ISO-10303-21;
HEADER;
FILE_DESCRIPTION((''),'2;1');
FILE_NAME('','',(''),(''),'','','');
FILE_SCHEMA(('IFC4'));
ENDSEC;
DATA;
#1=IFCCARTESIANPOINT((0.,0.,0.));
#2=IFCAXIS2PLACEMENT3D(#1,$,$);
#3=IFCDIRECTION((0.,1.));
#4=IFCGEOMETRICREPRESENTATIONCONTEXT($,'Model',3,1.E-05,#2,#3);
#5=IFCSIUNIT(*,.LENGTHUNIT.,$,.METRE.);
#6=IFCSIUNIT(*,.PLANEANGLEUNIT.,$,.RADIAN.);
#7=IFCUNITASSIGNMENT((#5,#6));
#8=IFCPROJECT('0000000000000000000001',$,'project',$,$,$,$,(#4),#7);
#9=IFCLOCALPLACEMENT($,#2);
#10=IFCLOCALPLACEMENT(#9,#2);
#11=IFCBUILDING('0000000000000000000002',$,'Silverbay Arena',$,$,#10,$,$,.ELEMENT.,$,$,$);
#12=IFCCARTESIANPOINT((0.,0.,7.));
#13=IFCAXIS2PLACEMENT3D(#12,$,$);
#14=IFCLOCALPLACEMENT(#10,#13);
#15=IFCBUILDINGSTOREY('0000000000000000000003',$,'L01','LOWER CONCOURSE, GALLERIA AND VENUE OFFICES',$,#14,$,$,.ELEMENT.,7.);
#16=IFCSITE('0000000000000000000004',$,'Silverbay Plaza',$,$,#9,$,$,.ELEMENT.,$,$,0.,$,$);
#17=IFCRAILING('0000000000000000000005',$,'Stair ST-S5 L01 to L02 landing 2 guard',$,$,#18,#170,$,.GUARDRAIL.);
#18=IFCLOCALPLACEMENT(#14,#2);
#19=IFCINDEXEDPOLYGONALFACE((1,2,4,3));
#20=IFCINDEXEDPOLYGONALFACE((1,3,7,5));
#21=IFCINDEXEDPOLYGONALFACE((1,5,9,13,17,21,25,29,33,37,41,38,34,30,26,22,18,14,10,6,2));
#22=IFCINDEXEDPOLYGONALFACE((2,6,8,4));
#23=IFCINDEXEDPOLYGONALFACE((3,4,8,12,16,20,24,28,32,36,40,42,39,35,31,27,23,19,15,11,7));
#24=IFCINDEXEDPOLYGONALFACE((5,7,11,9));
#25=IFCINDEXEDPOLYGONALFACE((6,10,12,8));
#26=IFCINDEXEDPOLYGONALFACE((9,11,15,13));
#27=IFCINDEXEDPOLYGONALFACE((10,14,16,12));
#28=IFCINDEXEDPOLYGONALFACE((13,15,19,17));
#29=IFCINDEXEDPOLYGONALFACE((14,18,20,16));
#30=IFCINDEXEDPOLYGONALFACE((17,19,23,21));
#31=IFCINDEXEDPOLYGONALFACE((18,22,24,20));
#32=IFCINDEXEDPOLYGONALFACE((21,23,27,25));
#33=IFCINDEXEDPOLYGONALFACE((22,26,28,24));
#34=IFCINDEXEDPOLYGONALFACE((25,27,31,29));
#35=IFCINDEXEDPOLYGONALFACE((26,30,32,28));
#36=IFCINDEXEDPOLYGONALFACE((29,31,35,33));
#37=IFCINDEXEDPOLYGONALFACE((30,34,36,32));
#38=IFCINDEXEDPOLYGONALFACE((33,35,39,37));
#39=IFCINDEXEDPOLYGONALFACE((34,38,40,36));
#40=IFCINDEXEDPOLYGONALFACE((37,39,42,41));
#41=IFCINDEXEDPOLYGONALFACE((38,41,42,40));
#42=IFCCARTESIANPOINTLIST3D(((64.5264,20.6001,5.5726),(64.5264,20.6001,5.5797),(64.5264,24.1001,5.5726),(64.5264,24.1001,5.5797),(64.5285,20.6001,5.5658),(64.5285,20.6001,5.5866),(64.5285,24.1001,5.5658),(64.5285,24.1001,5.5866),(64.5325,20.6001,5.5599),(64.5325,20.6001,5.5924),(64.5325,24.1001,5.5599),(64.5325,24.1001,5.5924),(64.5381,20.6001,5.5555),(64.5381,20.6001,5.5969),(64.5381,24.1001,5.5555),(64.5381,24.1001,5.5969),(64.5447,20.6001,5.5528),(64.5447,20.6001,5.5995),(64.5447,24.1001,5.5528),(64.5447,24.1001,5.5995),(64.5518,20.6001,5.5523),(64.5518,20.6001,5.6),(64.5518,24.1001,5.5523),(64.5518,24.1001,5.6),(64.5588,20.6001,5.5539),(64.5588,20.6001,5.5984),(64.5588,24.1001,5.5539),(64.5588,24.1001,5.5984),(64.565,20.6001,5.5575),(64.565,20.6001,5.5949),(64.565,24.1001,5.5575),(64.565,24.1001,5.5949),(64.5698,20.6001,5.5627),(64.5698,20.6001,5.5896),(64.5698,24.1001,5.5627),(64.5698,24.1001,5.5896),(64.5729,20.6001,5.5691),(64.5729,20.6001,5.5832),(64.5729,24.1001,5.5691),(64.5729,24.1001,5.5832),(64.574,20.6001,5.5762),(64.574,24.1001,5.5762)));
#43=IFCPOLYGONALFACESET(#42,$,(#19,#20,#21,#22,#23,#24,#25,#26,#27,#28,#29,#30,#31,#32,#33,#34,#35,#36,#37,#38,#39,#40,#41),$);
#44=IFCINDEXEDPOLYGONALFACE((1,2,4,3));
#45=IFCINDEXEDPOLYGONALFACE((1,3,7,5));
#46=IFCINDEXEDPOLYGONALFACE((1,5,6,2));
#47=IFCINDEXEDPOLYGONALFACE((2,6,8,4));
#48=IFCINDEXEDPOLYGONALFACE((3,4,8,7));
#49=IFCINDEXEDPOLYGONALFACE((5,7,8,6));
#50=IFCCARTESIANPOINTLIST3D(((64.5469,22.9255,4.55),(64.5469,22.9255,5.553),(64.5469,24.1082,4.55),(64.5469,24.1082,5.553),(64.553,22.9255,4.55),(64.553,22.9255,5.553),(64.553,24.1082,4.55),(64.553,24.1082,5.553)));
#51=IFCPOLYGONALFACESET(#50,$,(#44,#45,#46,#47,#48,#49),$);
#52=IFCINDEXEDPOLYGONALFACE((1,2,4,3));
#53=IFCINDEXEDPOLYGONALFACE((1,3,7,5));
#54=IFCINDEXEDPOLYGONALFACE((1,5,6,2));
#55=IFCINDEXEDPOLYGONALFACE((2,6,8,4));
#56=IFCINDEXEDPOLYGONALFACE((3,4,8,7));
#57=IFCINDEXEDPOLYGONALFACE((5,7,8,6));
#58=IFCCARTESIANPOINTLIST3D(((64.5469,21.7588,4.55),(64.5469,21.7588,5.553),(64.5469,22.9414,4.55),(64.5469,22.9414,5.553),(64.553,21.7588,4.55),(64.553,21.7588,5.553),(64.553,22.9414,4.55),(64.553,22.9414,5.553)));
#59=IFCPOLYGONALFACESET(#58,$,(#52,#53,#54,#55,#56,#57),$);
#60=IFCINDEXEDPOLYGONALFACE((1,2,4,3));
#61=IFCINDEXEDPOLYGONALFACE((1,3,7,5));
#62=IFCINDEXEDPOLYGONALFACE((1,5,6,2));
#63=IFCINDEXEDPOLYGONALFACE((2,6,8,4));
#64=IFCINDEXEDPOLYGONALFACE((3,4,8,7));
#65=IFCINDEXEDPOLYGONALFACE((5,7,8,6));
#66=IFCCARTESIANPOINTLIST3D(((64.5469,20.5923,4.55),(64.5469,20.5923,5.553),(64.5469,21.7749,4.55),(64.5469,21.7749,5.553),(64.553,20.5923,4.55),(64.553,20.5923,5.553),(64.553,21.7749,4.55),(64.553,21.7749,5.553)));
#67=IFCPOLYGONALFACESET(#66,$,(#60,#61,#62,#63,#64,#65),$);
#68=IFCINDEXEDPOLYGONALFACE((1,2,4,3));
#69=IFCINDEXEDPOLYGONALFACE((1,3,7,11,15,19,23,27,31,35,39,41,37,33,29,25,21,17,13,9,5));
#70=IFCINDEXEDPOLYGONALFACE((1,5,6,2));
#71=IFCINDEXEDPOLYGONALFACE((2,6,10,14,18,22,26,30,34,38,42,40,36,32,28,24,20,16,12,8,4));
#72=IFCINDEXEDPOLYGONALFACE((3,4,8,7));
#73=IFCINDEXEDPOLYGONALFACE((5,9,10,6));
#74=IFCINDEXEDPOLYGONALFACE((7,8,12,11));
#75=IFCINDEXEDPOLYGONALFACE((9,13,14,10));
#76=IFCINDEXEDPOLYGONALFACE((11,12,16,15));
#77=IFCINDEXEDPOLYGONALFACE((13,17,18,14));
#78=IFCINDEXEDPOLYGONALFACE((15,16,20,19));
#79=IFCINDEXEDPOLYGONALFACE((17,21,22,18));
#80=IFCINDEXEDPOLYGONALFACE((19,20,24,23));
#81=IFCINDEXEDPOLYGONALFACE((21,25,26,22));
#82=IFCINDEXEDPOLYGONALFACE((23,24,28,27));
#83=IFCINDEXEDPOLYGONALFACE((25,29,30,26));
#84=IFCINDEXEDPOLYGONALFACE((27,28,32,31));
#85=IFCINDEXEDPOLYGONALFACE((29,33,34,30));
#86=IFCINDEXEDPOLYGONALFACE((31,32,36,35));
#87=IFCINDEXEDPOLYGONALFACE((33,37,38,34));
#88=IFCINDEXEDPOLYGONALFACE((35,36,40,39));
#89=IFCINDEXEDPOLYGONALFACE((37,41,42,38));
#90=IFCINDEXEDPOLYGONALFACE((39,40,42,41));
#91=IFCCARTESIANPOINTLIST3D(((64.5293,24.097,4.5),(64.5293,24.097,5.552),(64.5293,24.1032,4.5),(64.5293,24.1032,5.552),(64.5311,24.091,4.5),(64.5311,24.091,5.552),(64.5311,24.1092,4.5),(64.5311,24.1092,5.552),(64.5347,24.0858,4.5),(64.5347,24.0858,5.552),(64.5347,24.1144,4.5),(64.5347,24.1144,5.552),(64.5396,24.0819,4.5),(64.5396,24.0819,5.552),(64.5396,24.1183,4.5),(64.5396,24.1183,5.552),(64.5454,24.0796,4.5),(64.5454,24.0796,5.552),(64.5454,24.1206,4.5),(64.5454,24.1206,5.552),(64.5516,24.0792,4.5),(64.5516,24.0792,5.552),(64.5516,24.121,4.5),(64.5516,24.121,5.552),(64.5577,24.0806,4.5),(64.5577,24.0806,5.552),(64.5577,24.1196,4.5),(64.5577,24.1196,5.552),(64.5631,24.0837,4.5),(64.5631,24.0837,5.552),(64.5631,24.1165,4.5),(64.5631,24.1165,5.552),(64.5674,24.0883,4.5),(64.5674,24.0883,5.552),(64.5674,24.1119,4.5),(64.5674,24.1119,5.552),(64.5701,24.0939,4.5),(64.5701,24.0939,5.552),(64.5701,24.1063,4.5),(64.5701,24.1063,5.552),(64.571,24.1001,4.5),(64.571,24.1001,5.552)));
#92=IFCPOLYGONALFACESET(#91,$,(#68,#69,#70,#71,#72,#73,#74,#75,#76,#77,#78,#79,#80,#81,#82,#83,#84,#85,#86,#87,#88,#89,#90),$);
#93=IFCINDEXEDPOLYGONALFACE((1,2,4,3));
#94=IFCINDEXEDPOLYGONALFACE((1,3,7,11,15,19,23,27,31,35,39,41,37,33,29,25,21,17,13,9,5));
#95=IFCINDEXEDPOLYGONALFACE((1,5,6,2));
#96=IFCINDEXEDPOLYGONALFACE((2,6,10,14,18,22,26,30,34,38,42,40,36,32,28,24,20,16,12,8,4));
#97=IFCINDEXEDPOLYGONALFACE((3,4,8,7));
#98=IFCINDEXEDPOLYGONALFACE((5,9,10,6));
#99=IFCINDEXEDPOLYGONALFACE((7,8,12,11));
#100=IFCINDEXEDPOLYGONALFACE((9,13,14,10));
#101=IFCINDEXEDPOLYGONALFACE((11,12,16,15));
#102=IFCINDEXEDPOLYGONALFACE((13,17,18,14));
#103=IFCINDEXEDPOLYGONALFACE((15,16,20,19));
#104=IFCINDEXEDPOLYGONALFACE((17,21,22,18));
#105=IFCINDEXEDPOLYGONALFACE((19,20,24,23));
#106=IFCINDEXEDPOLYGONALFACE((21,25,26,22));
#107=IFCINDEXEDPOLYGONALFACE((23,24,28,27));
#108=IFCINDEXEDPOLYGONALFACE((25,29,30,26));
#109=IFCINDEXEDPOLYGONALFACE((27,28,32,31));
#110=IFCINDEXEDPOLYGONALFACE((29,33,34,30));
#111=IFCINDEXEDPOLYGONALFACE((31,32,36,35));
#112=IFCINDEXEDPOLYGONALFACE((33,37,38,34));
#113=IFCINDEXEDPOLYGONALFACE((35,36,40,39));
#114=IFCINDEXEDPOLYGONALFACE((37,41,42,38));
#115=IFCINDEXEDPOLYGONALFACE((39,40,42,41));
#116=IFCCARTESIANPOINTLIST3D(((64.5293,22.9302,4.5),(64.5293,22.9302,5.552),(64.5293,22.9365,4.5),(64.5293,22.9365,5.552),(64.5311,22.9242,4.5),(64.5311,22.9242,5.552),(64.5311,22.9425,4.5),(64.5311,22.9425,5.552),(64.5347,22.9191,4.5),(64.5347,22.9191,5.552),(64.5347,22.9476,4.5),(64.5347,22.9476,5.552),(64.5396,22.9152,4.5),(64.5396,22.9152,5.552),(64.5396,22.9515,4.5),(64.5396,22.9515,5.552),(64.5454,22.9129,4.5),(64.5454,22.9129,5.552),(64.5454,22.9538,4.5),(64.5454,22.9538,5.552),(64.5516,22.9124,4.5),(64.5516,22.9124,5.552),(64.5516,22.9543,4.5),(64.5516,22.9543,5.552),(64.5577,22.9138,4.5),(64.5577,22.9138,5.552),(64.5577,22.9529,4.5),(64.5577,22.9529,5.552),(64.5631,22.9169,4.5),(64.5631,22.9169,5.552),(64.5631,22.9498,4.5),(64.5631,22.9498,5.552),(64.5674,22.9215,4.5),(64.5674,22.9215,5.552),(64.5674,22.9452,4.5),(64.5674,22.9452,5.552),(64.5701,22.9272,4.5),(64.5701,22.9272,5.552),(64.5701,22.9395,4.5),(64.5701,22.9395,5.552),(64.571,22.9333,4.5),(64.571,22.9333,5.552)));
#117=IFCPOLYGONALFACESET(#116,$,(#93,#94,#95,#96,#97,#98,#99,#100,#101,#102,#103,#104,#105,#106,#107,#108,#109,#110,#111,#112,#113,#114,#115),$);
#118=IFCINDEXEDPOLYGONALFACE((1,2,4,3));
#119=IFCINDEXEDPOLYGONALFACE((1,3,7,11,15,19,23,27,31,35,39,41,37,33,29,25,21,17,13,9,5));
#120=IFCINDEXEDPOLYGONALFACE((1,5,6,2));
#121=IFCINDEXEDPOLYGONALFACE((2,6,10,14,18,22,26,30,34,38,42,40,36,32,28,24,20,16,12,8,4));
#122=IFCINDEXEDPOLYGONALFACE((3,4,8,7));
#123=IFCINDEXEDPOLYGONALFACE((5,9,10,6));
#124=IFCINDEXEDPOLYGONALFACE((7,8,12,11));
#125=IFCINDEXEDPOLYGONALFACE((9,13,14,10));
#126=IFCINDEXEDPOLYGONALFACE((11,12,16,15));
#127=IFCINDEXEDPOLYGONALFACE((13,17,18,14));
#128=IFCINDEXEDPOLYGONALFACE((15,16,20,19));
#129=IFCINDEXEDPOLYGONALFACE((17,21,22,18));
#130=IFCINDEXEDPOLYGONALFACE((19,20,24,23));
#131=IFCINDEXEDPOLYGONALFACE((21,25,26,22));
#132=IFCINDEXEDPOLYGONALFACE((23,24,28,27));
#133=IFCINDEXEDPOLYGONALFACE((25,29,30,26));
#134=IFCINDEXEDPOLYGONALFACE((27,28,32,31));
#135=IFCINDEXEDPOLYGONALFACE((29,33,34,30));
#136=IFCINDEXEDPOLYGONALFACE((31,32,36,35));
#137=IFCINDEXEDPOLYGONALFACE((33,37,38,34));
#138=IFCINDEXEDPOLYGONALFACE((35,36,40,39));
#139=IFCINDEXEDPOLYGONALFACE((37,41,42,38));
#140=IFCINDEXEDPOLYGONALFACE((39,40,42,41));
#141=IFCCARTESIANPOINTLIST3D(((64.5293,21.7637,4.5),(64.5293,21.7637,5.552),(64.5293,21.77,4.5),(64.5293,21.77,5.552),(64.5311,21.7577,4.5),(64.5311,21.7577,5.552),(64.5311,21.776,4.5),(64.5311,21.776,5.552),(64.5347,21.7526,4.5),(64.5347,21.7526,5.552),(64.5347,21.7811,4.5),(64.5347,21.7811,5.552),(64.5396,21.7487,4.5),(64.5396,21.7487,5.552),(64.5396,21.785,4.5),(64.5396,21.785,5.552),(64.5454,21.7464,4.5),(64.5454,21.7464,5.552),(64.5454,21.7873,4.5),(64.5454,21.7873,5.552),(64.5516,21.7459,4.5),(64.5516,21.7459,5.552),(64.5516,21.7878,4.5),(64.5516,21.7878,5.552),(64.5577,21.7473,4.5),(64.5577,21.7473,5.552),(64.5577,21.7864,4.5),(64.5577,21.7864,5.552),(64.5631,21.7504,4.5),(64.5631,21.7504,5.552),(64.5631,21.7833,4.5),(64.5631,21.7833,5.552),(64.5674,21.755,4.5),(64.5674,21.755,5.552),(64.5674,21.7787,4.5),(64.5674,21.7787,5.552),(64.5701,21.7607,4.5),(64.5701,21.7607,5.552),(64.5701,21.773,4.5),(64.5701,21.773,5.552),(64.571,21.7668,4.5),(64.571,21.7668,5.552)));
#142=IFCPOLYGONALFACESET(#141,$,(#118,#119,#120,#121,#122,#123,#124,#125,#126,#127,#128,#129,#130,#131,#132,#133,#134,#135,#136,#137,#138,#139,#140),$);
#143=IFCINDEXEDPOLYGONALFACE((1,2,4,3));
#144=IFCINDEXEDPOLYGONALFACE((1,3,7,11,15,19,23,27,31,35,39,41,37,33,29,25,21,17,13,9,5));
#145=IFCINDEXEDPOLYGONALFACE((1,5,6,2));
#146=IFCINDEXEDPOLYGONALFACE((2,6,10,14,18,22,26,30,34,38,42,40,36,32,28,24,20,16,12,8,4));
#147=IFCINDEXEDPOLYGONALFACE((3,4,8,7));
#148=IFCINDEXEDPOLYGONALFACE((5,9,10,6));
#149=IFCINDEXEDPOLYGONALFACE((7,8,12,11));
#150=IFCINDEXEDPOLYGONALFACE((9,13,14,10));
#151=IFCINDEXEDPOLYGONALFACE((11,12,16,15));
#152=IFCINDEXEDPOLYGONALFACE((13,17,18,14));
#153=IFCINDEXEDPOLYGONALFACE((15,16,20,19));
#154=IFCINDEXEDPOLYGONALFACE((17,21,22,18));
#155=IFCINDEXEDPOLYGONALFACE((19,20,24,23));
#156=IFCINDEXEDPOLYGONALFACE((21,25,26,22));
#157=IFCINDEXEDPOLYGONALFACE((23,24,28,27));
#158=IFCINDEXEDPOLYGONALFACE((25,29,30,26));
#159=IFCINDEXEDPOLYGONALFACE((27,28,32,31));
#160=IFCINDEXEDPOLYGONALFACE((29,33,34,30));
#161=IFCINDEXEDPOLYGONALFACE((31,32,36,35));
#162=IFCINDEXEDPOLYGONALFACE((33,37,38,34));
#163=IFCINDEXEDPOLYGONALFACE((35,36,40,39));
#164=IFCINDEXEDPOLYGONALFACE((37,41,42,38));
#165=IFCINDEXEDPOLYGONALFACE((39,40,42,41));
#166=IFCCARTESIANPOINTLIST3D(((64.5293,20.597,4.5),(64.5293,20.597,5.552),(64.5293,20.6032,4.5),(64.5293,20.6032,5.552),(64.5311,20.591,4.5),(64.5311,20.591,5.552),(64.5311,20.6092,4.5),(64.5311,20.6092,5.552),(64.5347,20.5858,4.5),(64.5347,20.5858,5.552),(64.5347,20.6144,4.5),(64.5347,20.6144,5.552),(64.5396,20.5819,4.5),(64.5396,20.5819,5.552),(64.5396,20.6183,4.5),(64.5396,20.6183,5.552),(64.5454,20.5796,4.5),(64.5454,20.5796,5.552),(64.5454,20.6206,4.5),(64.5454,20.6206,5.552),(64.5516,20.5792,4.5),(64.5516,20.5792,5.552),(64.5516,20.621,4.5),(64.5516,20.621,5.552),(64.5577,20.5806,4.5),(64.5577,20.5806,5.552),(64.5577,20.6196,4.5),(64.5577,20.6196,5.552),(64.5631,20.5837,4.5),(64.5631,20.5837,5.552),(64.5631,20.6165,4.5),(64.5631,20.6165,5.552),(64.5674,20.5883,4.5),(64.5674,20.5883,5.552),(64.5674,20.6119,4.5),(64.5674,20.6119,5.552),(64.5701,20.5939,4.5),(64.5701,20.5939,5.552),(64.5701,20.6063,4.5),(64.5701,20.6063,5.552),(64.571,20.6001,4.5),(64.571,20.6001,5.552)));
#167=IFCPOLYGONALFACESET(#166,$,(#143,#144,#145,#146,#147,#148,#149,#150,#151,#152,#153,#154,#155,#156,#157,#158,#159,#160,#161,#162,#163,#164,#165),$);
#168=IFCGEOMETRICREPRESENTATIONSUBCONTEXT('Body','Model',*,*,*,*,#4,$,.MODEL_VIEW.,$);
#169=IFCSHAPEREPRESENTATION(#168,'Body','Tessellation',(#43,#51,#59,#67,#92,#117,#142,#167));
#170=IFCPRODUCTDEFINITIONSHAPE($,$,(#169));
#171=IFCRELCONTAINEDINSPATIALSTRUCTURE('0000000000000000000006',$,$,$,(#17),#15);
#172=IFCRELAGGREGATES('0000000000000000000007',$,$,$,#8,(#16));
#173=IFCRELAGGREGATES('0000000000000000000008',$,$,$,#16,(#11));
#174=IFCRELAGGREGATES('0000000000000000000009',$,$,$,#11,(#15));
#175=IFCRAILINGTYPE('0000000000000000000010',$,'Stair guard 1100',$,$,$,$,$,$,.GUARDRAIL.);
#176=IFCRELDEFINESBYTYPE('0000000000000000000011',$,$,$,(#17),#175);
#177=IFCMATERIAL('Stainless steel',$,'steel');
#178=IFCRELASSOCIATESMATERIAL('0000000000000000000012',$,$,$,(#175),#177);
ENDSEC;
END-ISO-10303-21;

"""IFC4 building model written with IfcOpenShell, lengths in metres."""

from ifc_helpers import new_model, si_unit, direction, frame, origin, origin_2d, place, context, subcontext, project, spatial, polyline, circle, outline, extrude, material, type_object, element, save


model = new_model("IFC4")

# Units and contexts
model_context = context("Model", 3, precision=1e-05, world=origin(), true_north=direction((0.0, 1.0)))
body_context = subcontext(model_context, "Body", "Model", "MODEL_VIEW")
ifc_project = project(units=[si_unit("LENGTHUNIT", "METRE"), si_unit("PLANEANGLEUNIT", "RADIAN")], contexts=[model_context])

# Site, building, storey
site_placement = place(None, origin())
site = spatial("IfcSite", under=ifc_project, at=site_placement, Name="Silverbay Plaza", CompositionType="ELEMENT", RefElevation=0.0)
building_placement = place(site_placement, origin())
building = spatial("IfcBuilding", under=site, at=building_placement, Name="Silverbay Arena", CompositionType="ELEMENT")
storey_placement = place(building_placement, frame((0.0, 0.0, 7.0)))
storey = spatial("IfcBuildingStorey", under=building, at=storey_placement, Name="L01", Description="LOWER CONCOURSE, GALLERIA AND VENUE OFFICES", CompositionType="ELEMENT", Elevation=7.0)

# Railing
ifc_material_1 = material(Name="Stainless steel", Category="steel")
railing_type_1 = type_object("IfcRailingType", Name="Stair guard 1100", PredefinedType="GUARDRAIL", material=ifc_material_1)
for number, where, name in (
    (1, (64.55, 24.1001, 4.5), "Stair ST-S5 L01 to L02 landing 2 guard"),
):
    element("IfcRailing", number, at=place(storey_placement, frame(where)), inside=storey, type_object=railing_type_1, Name=name, PredefinedType="GUARDRAIL", context=body_context, shape_type="SweptSolid", body=[
        extrude(circle(Radius=0.0239, at=origin_2d()), frame((0.0, 0.0, 1.0762), z_axis=(0.0, -1.0, 0.0), x_axis=(1.0, 0.0, 0.0)), (0.0, 0.0, 1.0), 3.5),
        extrude(outline(polyline([(-0.0081, 0.05), (1.1746, 0.05), (1.1746, 1.053), (-0.0081, 1.053), (-0.0081, 0.05)])), frame((0.0029, 0.0, 0.0), z_axis=(-1.0, 0.0, 0.0), x_axis=(0.0, -1.0, 0.0)), (0.0, 0.0, 1.0), 0.0061),
        extrude(outline(polyline([(-0.0081, 0.05), (1.1746, 0.05), (1.1746, 1.053), (-0.0081, 1.053), (-0.0081, 0.05)])), frame((0.0029, -1.1667, 0.0), z_axis=(-1.0, 0.0, 0.0), x_axis=(0.0, -1.0, 0.0)), (0.0, 0.0, 1.0), 0.0061),
        extrude(outline(polyline([(-0.0081, 0.05), (1.1746, 0.05), (1.1746, 1.053), (-0.0081, 1.053), (-0.0081, 0.05)])), frame((0.0029, -2.3333, 0.0), z_axis=(-1.0, 0.0, 0.0), x_axis=(0.0, -1.0, 0.0)), (0.0, 0.0, 1.0), 0.0061),
        extrude(circle(Radius=0.021, at=origin_2d()), origin(), (0.0, 0.0, 1.0), 1.052),
        extrude(circle(Radius=0.021, at=origin_2d()), frame((0.0, -1.1667, 0.0)), (0.0, 0.0, 1.0), 1.052),
        extrude(circle(Radius=0.021, at=origin_2d()), frame((0.0, -2.3333, 0.0)), (0.0, 0.0, 1.0), 1.052),
        extrude(circle(Radius=0.021, at=origin_2d()), frame((0.0, -3.5, 0.0)), (0.0, 0.0, 1.0), 1.052),
    ])

save(model, "model.ifc")
